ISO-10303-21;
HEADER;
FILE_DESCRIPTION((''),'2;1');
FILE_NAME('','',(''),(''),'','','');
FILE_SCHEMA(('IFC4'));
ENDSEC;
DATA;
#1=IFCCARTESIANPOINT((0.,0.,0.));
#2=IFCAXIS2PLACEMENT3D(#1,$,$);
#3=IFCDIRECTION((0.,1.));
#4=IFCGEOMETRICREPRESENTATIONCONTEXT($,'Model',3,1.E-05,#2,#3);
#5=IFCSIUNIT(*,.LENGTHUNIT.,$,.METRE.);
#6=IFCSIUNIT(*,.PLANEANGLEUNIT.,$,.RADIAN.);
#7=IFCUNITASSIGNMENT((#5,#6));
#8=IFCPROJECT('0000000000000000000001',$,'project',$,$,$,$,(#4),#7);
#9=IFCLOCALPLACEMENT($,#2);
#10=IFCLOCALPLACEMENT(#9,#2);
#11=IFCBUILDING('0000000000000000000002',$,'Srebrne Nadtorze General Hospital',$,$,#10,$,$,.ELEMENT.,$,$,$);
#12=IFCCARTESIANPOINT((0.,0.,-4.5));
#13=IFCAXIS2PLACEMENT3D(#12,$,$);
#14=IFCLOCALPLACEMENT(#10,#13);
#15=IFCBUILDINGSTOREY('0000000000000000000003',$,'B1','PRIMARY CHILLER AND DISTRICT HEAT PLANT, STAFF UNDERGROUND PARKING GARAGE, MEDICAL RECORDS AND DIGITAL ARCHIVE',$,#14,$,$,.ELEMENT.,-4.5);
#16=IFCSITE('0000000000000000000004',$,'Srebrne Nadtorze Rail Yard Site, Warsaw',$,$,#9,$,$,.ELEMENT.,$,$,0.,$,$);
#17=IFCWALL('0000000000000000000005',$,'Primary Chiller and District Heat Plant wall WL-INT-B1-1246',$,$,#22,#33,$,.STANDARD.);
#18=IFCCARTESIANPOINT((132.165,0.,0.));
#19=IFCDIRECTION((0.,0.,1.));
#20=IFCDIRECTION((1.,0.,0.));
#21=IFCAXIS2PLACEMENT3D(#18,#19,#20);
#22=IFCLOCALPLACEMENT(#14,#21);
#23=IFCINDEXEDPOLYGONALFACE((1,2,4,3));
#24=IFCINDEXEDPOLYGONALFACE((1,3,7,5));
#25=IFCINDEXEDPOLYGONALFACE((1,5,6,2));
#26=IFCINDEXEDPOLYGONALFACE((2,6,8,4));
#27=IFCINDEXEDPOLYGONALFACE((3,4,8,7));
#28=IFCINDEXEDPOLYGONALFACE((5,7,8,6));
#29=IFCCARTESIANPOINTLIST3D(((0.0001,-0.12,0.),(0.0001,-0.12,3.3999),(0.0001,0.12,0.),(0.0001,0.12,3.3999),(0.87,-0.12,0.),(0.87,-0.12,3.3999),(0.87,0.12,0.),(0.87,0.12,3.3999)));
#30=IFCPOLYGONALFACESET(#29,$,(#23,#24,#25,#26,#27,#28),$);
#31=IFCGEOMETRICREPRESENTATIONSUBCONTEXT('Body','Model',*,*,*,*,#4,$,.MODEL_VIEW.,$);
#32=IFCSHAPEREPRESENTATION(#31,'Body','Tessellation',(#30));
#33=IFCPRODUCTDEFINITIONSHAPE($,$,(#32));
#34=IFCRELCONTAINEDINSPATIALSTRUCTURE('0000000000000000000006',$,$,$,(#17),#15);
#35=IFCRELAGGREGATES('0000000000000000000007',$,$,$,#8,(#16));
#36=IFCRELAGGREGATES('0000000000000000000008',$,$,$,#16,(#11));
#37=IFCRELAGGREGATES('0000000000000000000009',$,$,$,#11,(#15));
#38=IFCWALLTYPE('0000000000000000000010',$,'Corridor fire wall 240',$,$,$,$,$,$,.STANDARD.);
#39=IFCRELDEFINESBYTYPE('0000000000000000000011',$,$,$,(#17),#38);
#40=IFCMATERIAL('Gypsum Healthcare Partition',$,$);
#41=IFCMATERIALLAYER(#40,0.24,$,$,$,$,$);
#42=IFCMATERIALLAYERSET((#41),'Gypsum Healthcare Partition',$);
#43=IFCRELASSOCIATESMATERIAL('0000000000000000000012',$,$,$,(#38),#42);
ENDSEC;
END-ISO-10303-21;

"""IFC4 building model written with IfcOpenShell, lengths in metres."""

from ifc_helpers import new_model, si_unit, direction, frame, frame_2d, origin, place, context, subcontext, project, spatial, rectangle, extrude, material, layer, layer_set, type_object, element, save


model = new_model("IFC4")

# Units and contexts
model_context = context("Model", 3, precision=1e-05, world=origin(), true_north=direction((0.0, 1.0)))
body_context = subcontext(model_context, "Body", "Model", "MODEL_VIEW")
ifc_project = project(units=[si_unit("LENGTHUNIT", "METRE"), si_unit("PLANEANGLEUNIT", "RADIAN")], contexts=[model_context])

# Site, building, storey
site_placement = place(None, origin())
site = spatial("IfcSite", under=ifc_project, at=site_placement, Name="Srebrne Nadtorze Rail Yard Site, Warsaw", CompositionType="ELEMENT", RefElevation=0.0)
building_placement = place(site_placement, origin())
building = spatial("IfcBuilding", under=site, at=building_placement, Name="Srebrne Nadtorze General Hospital", CompositionType="ELEMENT")
storey_placement = place(building_placement, frame((0.0, 0.0, -4.5)))
storey = spatial("IfcBuildingStorey", under=building, at=storey_placement, Name="B1", Description="PRIMARY CHILLER AND DISTRICT HEAT PLANT, STAFF UNDERGROUND PARKING GARAGE, MEDICAL RECORDS AND DIGITAL ARCHIVE", CompositionType="ELEMENT", Elevation=-4.5)

# Wall
ifc_material_1 = material(Name="Gypsum Healthcare Partition")
ifc_layer_1 = layer(ifc_material_1, 0.24)
ifc_layer_set_1 = layer_set([ifc_layer_1], Name="Gypsum Healthcare Partition")
wall_type_1 = type_object("IfcWallType", Name="Corridor fire wall 240", PredefinedType="STANDARD", material=ifc_layer_set_1)
wall_1_placement = place(storey_placement, frame((132.165, 0.0, 0.0), z_axis=(0.0, 0.0, 1.0), x_axis=(1.0, 0.0, 0.0)))
element("IfcWall", 1, at=wall_1_placement, inside=storey, type_object=wall_type_1, Name="Primary Chiller and District Heat Plant wall WL-INT-B1-1246", PredefinedType="STANDARD", context=body_context, shape_type="SweptSolid", body=[
    extrude(rectangle(XDim=0.8699, YDim=0.24, at=frame_2d((0.4351, 0.0))), origin(), (0.0, 0.0, 1.0), 3.3999),
])

save(model, "model.ifc")
